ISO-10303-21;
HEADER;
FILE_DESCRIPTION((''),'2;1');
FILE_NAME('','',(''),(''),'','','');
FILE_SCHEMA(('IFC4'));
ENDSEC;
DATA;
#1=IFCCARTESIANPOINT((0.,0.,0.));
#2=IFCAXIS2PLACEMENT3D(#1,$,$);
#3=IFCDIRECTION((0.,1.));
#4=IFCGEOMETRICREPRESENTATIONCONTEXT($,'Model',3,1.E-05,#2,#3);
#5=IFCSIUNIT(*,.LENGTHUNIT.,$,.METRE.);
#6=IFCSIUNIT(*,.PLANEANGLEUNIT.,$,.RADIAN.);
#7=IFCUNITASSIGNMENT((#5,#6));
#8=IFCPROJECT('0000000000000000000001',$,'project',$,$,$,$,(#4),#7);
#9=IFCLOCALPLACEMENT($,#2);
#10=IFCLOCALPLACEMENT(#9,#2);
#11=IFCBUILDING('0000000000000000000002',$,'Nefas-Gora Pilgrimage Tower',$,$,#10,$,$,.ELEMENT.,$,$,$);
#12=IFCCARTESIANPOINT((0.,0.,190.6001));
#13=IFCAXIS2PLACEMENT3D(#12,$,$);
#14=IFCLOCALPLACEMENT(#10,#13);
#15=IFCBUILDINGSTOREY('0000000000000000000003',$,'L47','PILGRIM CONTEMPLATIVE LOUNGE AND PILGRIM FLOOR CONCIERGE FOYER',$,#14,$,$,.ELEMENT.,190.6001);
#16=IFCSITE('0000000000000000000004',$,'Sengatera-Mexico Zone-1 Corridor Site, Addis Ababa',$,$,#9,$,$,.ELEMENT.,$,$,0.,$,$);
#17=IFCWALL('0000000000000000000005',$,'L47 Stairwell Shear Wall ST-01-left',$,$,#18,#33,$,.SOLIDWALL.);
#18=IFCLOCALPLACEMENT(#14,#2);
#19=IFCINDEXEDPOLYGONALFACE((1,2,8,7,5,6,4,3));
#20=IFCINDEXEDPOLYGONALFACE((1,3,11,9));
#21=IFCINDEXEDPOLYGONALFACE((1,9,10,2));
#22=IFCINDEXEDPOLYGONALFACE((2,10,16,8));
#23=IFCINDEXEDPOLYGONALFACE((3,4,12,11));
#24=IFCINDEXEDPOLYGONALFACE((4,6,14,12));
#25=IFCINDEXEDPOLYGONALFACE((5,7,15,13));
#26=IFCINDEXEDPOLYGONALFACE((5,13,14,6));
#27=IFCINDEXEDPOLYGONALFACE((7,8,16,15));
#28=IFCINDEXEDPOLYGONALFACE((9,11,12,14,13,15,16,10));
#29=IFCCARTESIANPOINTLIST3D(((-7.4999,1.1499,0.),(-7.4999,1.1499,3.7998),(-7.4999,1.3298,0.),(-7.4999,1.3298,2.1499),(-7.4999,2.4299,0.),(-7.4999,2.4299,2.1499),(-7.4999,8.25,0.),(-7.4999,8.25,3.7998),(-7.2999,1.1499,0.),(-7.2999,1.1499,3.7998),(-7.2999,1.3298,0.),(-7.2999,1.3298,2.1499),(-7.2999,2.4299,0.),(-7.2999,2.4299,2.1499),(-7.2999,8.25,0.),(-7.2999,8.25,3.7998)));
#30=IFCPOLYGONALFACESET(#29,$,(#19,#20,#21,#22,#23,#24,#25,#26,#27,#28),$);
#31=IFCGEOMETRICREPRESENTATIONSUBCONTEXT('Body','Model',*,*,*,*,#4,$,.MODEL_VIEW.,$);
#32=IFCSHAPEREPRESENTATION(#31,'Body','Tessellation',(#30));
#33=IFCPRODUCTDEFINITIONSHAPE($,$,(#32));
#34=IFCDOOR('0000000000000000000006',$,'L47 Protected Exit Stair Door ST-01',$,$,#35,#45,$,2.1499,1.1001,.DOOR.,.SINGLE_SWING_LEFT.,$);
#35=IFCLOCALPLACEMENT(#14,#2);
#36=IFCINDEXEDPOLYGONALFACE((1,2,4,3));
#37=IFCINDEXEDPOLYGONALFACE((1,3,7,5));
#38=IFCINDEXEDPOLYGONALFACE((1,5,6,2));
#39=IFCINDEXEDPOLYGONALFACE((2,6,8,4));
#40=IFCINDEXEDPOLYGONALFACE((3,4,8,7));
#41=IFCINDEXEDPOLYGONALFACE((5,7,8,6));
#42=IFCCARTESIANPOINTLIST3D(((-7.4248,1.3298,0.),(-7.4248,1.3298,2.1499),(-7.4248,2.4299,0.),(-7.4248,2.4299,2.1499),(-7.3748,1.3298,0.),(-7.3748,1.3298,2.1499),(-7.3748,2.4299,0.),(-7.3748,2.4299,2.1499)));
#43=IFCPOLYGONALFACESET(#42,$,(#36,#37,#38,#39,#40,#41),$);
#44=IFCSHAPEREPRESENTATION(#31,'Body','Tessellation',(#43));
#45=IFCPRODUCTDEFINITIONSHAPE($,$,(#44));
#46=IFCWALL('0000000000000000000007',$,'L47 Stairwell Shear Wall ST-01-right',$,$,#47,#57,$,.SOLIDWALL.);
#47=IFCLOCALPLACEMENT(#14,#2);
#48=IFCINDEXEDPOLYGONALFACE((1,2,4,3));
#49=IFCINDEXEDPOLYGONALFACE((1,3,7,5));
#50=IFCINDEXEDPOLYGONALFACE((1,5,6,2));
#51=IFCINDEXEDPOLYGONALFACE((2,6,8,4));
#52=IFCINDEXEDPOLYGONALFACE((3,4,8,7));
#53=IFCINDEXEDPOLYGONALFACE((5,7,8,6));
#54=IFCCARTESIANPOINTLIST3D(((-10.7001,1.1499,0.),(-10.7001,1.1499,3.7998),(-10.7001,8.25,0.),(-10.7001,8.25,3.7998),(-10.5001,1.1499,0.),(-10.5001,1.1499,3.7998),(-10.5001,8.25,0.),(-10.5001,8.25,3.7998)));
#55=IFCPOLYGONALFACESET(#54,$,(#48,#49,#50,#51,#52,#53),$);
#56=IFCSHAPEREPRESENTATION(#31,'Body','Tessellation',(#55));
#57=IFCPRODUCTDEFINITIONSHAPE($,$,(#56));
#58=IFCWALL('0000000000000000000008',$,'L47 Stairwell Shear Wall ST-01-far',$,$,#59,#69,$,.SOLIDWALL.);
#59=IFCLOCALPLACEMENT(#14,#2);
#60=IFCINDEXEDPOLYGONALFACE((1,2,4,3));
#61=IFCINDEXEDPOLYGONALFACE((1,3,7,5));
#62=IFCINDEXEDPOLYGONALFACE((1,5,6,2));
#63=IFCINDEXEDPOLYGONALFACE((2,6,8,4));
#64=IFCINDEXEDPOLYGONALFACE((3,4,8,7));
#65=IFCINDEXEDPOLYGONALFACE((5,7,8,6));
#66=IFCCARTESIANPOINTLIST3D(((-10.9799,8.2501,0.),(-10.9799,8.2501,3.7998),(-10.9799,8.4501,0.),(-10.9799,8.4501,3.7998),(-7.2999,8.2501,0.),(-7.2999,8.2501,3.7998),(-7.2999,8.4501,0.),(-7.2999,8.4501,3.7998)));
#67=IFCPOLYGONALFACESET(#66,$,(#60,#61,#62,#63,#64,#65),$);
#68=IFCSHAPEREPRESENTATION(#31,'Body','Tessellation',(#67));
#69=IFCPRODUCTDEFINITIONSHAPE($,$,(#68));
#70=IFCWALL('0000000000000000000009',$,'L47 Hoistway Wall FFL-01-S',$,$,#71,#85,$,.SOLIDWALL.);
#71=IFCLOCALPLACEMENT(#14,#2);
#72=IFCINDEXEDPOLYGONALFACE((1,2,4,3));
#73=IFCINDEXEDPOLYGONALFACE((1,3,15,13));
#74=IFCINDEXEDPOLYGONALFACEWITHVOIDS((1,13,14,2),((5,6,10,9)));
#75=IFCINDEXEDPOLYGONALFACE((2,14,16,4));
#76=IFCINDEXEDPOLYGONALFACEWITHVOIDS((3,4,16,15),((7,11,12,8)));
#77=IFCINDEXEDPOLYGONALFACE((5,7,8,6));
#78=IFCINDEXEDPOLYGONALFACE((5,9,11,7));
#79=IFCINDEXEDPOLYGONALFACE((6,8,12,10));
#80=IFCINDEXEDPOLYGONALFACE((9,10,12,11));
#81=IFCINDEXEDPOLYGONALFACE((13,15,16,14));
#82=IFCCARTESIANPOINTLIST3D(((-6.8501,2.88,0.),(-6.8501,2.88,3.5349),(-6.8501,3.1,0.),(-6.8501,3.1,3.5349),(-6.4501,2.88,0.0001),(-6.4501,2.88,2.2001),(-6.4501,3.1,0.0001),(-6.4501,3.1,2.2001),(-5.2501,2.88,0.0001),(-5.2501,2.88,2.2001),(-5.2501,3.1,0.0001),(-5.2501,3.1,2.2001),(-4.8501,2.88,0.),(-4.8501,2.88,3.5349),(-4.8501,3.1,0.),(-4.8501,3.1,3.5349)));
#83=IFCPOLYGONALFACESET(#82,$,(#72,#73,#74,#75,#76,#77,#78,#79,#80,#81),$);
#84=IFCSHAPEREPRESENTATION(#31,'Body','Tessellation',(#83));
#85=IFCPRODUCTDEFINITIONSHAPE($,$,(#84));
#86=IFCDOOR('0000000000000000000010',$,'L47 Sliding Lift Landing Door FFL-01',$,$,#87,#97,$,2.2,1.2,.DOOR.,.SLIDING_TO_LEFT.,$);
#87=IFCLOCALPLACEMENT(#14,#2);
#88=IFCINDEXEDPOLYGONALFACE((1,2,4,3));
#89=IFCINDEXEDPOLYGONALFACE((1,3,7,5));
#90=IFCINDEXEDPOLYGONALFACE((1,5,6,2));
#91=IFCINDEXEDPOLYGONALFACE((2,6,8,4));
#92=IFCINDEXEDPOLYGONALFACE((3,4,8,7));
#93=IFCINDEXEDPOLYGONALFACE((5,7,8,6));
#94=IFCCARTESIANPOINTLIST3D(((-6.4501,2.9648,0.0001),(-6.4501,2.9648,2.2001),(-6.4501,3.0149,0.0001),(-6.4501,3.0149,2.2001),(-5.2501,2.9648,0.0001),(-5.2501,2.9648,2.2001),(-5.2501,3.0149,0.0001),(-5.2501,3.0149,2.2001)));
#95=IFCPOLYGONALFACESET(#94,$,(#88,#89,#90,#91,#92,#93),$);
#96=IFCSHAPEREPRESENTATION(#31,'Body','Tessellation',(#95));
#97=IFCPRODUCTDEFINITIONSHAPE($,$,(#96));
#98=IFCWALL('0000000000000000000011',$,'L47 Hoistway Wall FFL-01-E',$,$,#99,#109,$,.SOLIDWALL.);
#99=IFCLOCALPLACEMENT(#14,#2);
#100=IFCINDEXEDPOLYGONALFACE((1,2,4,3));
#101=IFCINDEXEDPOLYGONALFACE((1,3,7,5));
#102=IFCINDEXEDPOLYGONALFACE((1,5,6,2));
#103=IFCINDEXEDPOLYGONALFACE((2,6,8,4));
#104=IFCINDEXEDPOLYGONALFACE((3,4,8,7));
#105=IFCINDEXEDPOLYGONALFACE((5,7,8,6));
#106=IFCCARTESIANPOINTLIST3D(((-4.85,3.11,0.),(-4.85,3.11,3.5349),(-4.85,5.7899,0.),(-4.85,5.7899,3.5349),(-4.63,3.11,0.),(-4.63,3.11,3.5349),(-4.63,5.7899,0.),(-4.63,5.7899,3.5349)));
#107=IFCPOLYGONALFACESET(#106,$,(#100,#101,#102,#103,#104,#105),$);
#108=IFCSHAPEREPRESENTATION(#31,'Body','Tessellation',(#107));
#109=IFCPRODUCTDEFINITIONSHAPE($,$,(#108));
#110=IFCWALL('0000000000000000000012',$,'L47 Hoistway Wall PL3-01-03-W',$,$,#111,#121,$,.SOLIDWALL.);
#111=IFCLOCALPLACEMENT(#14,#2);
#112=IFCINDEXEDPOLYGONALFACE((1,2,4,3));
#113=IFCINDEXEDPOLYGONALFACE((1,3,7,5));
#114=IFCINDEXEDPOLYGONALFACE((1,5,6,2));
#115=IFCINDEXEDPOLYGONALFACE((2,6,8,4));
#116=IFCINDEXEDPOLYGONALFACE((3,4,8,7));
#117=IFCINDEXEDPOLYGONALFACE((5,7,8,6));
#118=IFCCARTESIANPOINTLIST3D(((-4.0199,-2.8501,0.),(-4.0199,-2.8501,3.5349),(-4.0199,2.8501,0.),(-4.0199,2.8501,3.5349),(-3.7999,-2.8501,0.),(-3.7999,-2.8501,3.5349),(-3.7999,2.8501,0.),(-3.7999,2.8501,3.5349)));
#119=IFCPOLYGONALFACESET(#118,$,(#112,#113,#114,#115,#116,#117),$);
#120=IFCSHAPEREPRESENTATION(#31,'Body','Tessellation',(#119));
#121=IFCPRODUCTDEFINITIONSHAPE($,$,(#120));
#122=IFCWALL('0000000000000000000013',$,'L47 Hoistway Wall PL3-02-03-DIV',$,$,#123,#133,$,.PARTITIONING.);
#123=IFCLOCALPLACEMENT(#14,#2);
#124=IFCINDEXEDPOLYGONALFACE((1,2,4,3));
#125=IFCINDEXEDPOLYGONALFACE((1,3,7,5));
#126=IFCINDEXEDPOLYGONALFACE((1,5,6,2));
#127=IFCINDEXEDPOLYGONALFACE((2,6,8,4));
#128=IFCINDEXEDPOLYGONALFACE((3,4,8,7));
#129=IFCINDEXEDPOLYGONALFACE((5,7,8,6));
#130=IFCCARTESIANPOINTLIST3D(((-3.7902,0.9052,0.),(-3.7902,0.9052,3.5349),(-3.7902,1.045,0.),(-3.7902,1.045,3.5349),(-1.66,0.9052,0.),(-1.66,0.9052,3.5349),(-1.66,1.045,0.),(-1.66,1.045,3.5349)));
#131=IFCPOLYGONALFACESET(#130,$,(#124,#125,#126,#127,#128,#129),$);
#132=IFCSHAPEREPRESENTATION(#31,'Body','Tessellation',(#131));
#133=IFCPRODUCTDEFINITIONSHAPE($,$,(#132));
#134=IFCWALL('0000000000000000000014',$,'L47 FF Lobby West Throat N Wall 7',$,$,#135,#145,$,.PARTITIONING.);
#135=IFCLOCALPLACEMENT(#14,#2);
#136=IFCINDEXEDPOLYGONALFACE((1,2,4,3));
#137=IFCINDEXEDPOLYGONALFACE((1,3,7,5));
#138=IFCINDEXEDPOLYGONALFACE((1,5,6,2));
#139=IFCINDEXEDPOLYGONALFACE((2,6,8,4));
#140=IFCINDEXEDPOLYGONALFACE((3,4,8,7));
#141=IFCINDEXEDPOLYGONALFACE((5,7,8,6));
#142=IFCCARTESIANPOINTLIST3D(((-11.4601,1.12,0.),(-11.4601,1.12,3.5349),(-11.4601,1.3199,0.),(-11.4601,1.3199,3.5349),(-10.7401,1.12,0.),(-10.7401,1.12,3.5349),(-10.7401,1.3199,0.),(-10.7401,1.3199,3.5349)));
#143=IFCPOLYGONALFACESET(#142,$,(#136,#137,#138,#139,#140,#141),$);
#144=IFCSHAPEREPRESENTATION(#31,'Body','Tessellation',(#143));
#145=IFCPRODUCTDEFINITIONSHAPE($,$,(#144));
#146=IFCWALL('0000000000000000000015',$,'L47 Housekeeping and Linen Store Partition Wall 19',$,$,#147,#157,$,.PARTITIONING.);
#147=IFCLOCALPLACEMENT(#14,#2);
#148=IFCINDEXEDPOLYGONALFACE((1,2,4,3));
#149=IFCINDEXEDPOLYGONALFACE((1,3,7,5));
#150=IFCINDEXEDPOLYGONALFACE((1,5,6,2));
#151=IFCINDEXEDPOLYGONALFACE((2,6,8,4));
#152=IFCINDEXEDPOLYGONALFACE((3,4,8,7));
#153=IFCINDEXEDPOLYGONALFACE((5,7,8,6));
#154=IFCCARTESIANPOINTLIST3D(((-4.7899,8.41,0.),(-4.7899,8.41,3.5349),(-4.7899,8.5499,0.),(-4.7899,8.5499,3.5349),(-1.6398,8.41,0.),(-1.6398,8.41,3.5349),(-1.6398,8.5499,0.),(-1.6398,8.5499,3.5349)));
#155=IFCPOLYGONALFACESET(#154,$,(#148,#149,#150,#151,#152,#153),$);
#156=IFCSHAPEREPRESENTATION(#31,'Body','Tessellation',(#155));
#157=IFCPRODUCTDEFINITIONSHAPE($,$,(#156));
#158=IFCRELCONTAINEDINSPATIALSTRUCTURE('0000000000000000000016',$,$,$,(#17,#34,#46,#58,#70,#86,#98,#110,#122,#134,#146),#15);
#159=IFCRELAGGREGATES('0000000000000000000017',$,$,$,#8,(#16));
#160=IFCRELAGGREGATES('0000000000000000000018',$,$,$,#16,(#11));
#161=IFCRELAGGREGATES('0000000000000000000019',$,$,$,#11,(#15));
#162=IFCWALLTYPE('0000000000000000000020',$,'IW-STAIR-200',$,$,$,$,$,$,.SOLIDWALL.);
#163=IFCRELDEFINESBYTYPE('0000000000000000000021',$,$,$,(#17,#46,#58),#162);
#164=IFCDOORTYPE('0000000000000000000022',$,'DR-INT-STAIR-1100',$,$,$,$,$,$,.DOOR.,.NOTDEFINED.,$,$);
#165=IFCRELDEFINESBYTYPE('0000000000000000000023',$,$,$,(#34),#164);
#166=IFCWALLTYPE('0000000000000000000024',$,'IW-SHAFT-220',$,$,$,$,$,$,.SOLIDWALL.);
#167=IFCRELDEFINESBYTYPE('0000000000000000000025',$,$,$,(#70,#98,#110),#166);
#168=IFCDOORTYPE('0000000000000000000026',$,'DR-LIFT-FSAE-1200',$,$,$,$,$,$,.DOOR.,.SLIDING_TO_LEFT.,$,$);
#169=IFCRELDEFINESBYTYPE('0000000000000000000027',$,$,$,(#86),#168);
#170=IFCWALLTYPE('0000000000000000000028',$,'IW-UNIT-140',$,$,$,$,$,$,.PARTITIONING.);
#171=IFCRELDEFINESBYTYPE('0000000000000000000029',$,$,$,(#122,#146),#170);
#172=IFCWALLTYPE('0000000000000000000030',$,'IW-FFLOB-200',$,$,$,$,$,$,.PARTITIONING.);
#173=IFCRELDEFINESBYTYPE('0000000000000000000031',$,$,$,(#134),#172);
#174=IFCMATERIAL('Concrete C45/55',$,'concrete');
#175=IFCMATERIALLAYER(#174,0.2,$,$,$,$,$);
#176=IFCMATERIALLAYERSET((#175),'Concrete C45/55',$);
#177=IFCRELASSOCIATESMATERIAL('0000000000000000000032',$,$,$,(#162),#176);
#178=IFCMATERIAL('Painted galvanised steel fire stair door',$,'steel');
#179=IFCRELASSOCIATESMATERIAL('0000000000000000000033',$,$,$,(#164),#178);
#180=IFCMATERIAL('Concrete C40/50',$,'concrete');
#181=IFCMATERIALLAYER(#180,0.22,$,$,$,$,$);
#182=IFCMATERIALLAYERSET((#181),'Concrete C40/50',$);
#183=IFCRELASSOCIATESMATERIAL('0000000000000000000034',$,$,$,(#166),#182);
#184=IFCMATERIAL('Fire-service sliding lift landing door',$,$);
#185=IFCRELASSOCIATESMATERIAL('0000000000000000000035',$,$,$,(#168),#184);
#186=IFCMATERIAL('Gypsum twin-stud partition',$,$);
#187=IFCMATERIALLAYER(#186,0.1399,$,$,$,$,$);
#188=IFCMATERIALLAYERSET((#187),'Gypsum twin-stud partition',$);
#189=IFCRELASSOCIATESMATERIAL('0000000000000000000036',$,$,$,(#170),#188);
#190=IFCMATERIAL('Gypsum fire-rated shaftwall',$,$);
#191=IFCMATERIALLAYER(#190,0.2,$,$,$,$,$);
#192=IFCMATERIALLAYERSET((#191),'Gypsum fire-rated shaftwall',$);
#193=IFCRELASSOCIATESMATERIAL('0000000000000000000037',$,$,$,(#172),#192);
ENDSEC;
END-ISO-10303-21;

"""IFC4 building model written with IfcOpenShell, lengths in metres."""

from ifc_helpers import new_model, si_unit, direction, frame, frame_2d, origin, place, context, subcontext, project, spatial, rectangle, extrude, source, transform, mapped, material, layer, layer_set, type_object, element, fill, save


model = new_model("IFC4")

# Units and contexts
model_context = context("Model", 3, precision=1e-05, world=origin(), true_north=direction((0.0, 1.0)))
body_context = subcontext(model_context, "Body", "Model", "MODEL_VIEW")
ifc_project = project(units=[si_unit("LENGTHUNIT", "METRE"), si_unit("PLANEANGLEUNIT", "RADIAN")], contexts=[model_context])

# Site, building, storey
site_placement = place(None, origin())
site = spatial("IfcSite", under=ifc_project, at=site_placement, Name="Sengatera-Mexico Zone-1 Corridor Site, Addis Ababa", CompositionType="ELEMENT", RefElevation=0.0)
building_placement = place(site_placement, origin())
building = spatial("IfcBuilding", under=site, at=building_placement, Name="Nefas-Gora Pilgrimage Tower", CompositionType="ELEMENT")
storey_placement = place(building_placement, frame((0.0, 0.0, 190.6001)))
storey = spatial("IfcBuildingStorey", under=building, at=storey_placement, Name="L47", Description="PILGRIM CONTEMPLATIVE LOUNGE AND PILGRIM FLOOR CONCIERGE FOYER", CompositionType="ELEMENT", Elevation=190.6001)

# Shared definitions
ifc_material_1 = material(Name="Concrete C45/55", Category="concrete")
ifc_layer_1 = layer(ifc_material_1, 0.2)
ifc_layer_set_1 = layer_set([ifc_layer_1], Name="Concrete C45/55")
wall_type_1 = type_object("IfcWallType", Name="IW-STAIR-200", PredefinedType="SOLIDWALL", material=ifc_layer_set_1)

# Wall, opening, door
shared_shape_1 = source(origin(), body_context, "Body", "SweptSolid", [
    extrude(rectangle(XDim=7.1001, YDim=0.2, at=frame_2d((3.55, 0.0))), origin(), (0.0, 0.0, 1.0), 3.7998),
])
wall_1_placement = place(storey_placement, frame((-7.3999, 1.1499, 0.0), z_axis=(0.0, 0.0, 1.0), x_axis=(0.0, 1.0, 0.0)))
wall_1 = element("IfcWall", 1, at=wall_1_placement, inside=storey, type_object=wall_type_1, Name="L47 Stairwell Shear Wall ST-01-left", PredefinedType="SOLIDWALL", context=body_context, shape_type="MappedRepresentation", body=[
    mapped(shared_shape_1, transform((0.0, 0.0, 0.0), x_axis=(1.0, 0.0, 0.0), y_axis=(0.0, 1.0, 0.0), z_axis=(0.0, 0.0, 1.0), scale=1.0)),
])
opening_1_placement = place(wall_1_placement, frame((0.1799, 0.0, 0.0)))
opening_1 = element("IfcOpeningElement", 2, at=opening_1_placement, cuts=wall_1, PredefinedType="OPENING", context=body_context, shape_type="SweptSolid", body=[
    extrude(rectangle(XDim=1.1001, YDim=2.1499, at=frame_2d((0.55, 1.075))), frame((0.0, 0.1099, 0.0), z_axis=(0.0, -1.0, 0.0), x_axis=(1.0, 0.0, 0.0)), (0.0, 0.0, 1.0), 0.22),
])
ifc_material_2 = material(Name="Painted galvanised steel fire stair door", Category="steel")
door_type_1 = type_object("IfcDoorType", Name="DR-INT-STAIR-1100", OperationType="NOTDEFINED", PredefinedType="DOOR", material=ifc_material_2)
shared_shape_2 = source(origin(), body_context, "Body", "SweptSolid", [
    extrude(rectangle(XDim=1.1001, YDim=2.1499, at=frame_2d((0.55, 1.075))), frame((0.0, 0.0249, 0.0), z_axis=(0.0, -1.0, 0.0), x_axis=(1.0, 0.0, 0.0)), (0.0, 0.0, 1.0), 0.05),
])
door_1_placement = place(opening_1_placement, origin())
door_1 = element("IfcDoor", 3, at=door_1_placement, inside=storey, type_object=door_type_1, Name="L47 Protected Exit Stair Door ST-01", OperationType="SINGLE_SWING_LEFT", OverallHeight=2.1499, OverallWidth=1.1001, PredefinedType="DOOR", context=body_context, shape_type="MappedRepresentation", body=[
    mapped(shared_shape_2, transform((0.0, 0.0, 0.0), x_axis=(1.0, 0.0, 0.0), y_axis=(0.0, 1.0, 0.0), z_axis=(0.0, 0.0, 1.0), scale=1.0)),
])
fill(opening_1, door_1)

# Walls
wall_2_placement = place(storey_placement, frame((-10.6001, 1.1499, 0.0), z_axis=(0.0, 0.0, 1.0), x_axis=(0.0, 1.0, 0.0)))
element("IfcWall", 4, at=wall_2_placement, inside=storey, type_object=wall_type_1, Name="L47 Stairwell Shear Wall ST-01-right", PredefinedType="SOLIDWALL", context=body_context, shape_type="MappedRepresentation", body=[
    mapped(shared_shape_1, transform((0.0, 0.0, 0.0), x_axis=(1.0, 0.0, 0.0), y_axis=(0.0, 1.0, 0.0), z_axis=(0.0, 0.0, 1.0), scale=1.0)),
])
shared_shape_3 = source(origin(), body_context, "Body", "SweptSolid", [
    extrude(rectangle(XDim=3.6799, YDim=0.2, at=frame_2d((1.8398, 0.0))), origin(), (0.0, 0.0, 1.0), 3.7998),
])
wall_3_placement = place(storey_placement, frame((-7.3, 8.3501, 0.0), z_axis=(0.0, 0.0, 1.0), x_axis=(-1.0, 0.0, 0.0)))
element("IfcWall", 5, at=wall_3_placement, inside=storey, type_object=wall_type_1, Name="L47 Stairwell Shear Wall ST-01-far", PredefinedType="SOLIDWALL", context=body_context, shape_type="MappedRepresentation", body=[
    mapped(shared_shape_3, transform((0.0, 0.0, 0.0), x_axis=(1.0, 0.0, 0.0), y_axis=(0.0, 1.0, 0.0), z_axis=(0.0, 0.0, 1.0), scale=1.0)),
])

# Wall, opening, door
ifc_material_3 = material(Name="Concrete C40/50", Category="concrete")
ifc_layer_2 = layer(ifc_material_3, 0.22)
ifc_layer_set_2 = layer_set([ifc_layer_2], Name="Concrete C40/50")
wall_type_2 = type_object("IfcWallType", Name="IW-SHAFT-220", PredefinedType="SOLIDWALL", material=ifc_layer_set_2)
shared_shape_4 = source(origin(), body_context, "Body", "SweptSolid", [
    extrude(rectangle(XDim=2.0, YDim=0.22, at=frame_2d((1.0, 0.0))), origin(), (0.0, 0.0, 1.0), 3.5349),
])
wall_4_placement = place(storey_placement, frame((-6.8501, 2.99, 0.0), z_axis=(0.0, 0.0, 1.0), x_axis=(1.0, 0.0, 0.0)))
wall_4 = element("IfcWall", 6, at=wall_4_placement, inside=storey, type_object=wall_type_2, Name="L47 Hoistway Wall FFL-01-S", PredefinedType="SOLIDWALL", context=body_context, shape_type="MappedRepresentation", body=[
    mapped(shared_shape_4, transform((0.0, 0.0, 0.0), x_axis=(1.0, 0.0, 0.0), y_axis=(0.0, 1.0, 0.0), z_axis=(0.0, 0.0, 1.0), scale=1.0)),
])
opening_2_placement = place(wall_4_placement, frame((0.3999, 0.0, 0.0)))
opening_2 = element("IfcOpeningElement", 7, at=opening_2_placement, cuts=wall_4, PredefinedType="OPENING", context=body_context, shape_type="SweptSolid", body=[
    extrude(rectangle(XDim=1.2, YDim=2.2, at=frame_2d((0.6001, 1.1001))), frame((0.0, 0.1199, 0.0), z_axis=(0.0, -1.0, 0.0), x_axis=(1.0, 0.0, 0.0)), (0.0, 0.0, 1.0), 0.24),
])
ifc_material_4 = material(Name="Fire-service sliding lift landing door")
door_type_2 = type_object("IfcDoorType", Name="DR-LIFT-FSAE-1200", OperationType="SLIDING_TO_LEFT", PredefinedType="DOOR", material=ifc_material_4)
shared_shape_5 = source(origin(), body_context, "Body", "SweptSolid", [
    extrude(rectangle(XDim=1.2, YDim=2.2, at=frame_2d((0.6001, 1.1001))), frame((0.0, 0.0249, 0.0), z_axis=(0.0, -1.0, 0.0), x_axis=(1.0, 0.0, 0.0)), (0.0, 0.0, 1.0), 0.05),
])
door_2_placement = place(opening_2_placement, origin())
door_2 = element("IfcDoor", 8, at=door_2_placement, inside=storey, type_object=door_type_2, Name="L47 Sliding Lift Landing Door FFL-01", OperationType="SLIDING_TO_LEFT", OverallHeight=2.2, OverallWidth=1.2, PredefinedType="DOOR", context=body_context, shape_type="MappedRepresentation", body=[
    mapped(shared_shape_5, transform((0.0, 0.0, 0.0), x_axis=(1.0, 0.0, 0.0), y_axis=(0.0, 1.0, 0.0), z_axis=(0.0, 0.0, 1.0), scale=1.0)),
])
fill(opening_2, door_2)

# Walls
shared_shape_6 = source(origin(), body_context, "Body", "SweptSolid", [
    extrude(rectangle(XDim=2.6799, YDim=0.22, at=frame_2d((1.3398, 0.0))), origin(), (0.0, 0.0, 1.0), 3.5349),
])
wall_5_placement = place(storey_placement, frame((-4.74, 3.1101, 0.0), z_axis=(0.0, 0.0, 1.0), x_axis=(0.0, 1.0, 0.0)))
element("IfcWall", 9, at=wall_5_placement, inside=storey, type_object=wall_type_2, Name="L47 Hoistway Wall FFL-01-E", PredefinedType="SOLIDWALL", context=body_context, shape_type="MappedRepresentation", body=[
    mapped(shared_shape_6, transform((0.0, 0.0, 0.0), x_axis=(1.0, 0.0, 0.0), y_axis=(0.0, 1.0, 0.0), z_axis=(0.0, 0.0, 1.0), scale=1.0)),
])
shared_shape_7 = source(origin(), body_context, "Body", "SweptSolid", [
    extrude(rectangle(XDim=5.7002, YDim=0.22, at=frame_2d((2.8501, 0.0))), origin(), (0.0, 0.0, 1.0), 3.5349),
])
wall_6_placement = place(storey_placement, frame((-3.9099, 2.8501, 0.0), z_axis=(0.0, 0.0, 1.0), x_axis=(0.0, -1.0, 0.0)))
element("IfcWall", 10, at=wall_6_placement, inside=storey, type_object=wall_type_2, Name="L47 Hoistway Wall PL3-01-03-W", PredefinedType="SOLIDWALL", context=body_context, shape_type="MappedRepresentation", body=[
    mapped(shared_shape_7, transform((0.0, 0.0, 0.0), x_axis=(1.0, 0.0, 0.0), y_axis=(0.0, 1.0, 0.0), z_axis=(0.0, 0.0, 1.0), scale=1.0)),
])
ifc_material_5 = material(Name="Gypsum twin-stud partition")
ifc_layer_3 = layer(ifc_material_5, 0.1399)
ifc_layer_set_3 = layer_set([ifc_layer_3], Name="Gypsum twin-stud partition")
wall_type_3 = type_object("IfcWallType", Name="IW-UNIT-140", PredefinedType="PARTITIONING", material=ifc_layer_set_3)
shared_shape_8 = source(origin(), body_context, "Body", "SweptSolid", [
    extrude(rectangle(XDim=2.1301, YDim=0.1399, at=frame_2d((1.0649, 0.0))), origin(), (0.0, 0.0, 1.0), 3.5349),
])
wall_7_placement = place(storey_placement, frame((-3.79, 0.9751, 0.0), z_axis=(0.0, 0.0, 1.0), x_axis=(1.0, 0.0, 0.0)))
element("IfcWall", 11, at=wall_7_placement, inside=storey, type_object=wall_type_3, Name="L47 Hoistway Wall PL3-02-03-DIV", PredefinedType="PARTITIONING", context=body_context, shape_type="MappedRepresentation", body=[
    mapped(shared_shape_8, transform((0.0, 0.0, 0.0), x_axis=(1.0, 0.0, 0.0), y_axis=(0.0, 1.0, 0.0), z_axis=(0.0, 0.0, 1.0), scale=1.0)),
])
ifc_material_6 = material(Name="Gypsum fire-rated shaftwall")
ifc_layer_4 = layer(ifc_material_6, 0.2)
ifc_layer_set_4 = layer_set([ifc_layer_4], Name="Gypsum fire-rated shaftwall")
wall_type_4 = type_object("IfcWallType", Name="IW-FFLOB-200", PredefinedType="PARTITIONING", material=ifc_layer_set_4)
shared_shape_9 = source(origin(), body_context, "Body", "SweptSolid", [
    extrude(rectangle(XDim=0.72, YDim=0.2, at=frame_2d((0.3599, 0.0))), origin(), (0.0, 0.0, 1.0), 3.5349),
])
wall_8_placement = place(storey_placement, frame((-11.46, 1.22, 0.0), z_axis=(0.0, 0.0, 1.0), x_axis=(1.0, 0.0, 0.0)))
element("IfcWall", 12, at=wall_8_placement, inside=storey, type_object=wall_type_4, Name="L47 FF Lobby West Throat N Wall 7", PredefinedType="PARTITIONING", context=body_context, shape_type="MappedRepresentation", body=[
    mapped(shared_shape_9, transform((0.0, 0.0, 0.0), x_axis=(1.0, 0.0, 0.0), y_axis=(0.0, 1.0, 0.0), z_axis=(0.0, 0.0, 1.0), scale=1.0)),
])
shared_shape_10 = source(origin(), body_context, "Body", "SweptSolid", [
    extrude(rectangle(XDim=3.1501, YDim=0.1399, at=frame_2d((1.5752, 0.0))), origin(), (0.0, 0.0, 1.0), 3.5349),
])
wall_9_placement = place(storey_placement, frame((-4.79, 8.48, 0.0), z_axis=(0.0, 0.0, 1.0), x_axis=(1.0, 0.0, 0.0)))
element("IfcWall", 13, at=wall_9_placement, inside=storey, type_object=wall_type_3, Name="L47 Housekeeping and Linen Store Partition Wall 19", PredefinedType="PARTITIONING", context=body_context, shape_type="MappedRepresentation", body=[
    mapped(shared_shape_10, transform((0.0, 0.0, 0.0), x_axis=(1.0, 0.0, 0.0), y_axis=(0.0, 1.0, 0.0), z_axis=(0.0, 0.0, 1.0), scale=1.0)),
])

save(model, "model.ifc")
